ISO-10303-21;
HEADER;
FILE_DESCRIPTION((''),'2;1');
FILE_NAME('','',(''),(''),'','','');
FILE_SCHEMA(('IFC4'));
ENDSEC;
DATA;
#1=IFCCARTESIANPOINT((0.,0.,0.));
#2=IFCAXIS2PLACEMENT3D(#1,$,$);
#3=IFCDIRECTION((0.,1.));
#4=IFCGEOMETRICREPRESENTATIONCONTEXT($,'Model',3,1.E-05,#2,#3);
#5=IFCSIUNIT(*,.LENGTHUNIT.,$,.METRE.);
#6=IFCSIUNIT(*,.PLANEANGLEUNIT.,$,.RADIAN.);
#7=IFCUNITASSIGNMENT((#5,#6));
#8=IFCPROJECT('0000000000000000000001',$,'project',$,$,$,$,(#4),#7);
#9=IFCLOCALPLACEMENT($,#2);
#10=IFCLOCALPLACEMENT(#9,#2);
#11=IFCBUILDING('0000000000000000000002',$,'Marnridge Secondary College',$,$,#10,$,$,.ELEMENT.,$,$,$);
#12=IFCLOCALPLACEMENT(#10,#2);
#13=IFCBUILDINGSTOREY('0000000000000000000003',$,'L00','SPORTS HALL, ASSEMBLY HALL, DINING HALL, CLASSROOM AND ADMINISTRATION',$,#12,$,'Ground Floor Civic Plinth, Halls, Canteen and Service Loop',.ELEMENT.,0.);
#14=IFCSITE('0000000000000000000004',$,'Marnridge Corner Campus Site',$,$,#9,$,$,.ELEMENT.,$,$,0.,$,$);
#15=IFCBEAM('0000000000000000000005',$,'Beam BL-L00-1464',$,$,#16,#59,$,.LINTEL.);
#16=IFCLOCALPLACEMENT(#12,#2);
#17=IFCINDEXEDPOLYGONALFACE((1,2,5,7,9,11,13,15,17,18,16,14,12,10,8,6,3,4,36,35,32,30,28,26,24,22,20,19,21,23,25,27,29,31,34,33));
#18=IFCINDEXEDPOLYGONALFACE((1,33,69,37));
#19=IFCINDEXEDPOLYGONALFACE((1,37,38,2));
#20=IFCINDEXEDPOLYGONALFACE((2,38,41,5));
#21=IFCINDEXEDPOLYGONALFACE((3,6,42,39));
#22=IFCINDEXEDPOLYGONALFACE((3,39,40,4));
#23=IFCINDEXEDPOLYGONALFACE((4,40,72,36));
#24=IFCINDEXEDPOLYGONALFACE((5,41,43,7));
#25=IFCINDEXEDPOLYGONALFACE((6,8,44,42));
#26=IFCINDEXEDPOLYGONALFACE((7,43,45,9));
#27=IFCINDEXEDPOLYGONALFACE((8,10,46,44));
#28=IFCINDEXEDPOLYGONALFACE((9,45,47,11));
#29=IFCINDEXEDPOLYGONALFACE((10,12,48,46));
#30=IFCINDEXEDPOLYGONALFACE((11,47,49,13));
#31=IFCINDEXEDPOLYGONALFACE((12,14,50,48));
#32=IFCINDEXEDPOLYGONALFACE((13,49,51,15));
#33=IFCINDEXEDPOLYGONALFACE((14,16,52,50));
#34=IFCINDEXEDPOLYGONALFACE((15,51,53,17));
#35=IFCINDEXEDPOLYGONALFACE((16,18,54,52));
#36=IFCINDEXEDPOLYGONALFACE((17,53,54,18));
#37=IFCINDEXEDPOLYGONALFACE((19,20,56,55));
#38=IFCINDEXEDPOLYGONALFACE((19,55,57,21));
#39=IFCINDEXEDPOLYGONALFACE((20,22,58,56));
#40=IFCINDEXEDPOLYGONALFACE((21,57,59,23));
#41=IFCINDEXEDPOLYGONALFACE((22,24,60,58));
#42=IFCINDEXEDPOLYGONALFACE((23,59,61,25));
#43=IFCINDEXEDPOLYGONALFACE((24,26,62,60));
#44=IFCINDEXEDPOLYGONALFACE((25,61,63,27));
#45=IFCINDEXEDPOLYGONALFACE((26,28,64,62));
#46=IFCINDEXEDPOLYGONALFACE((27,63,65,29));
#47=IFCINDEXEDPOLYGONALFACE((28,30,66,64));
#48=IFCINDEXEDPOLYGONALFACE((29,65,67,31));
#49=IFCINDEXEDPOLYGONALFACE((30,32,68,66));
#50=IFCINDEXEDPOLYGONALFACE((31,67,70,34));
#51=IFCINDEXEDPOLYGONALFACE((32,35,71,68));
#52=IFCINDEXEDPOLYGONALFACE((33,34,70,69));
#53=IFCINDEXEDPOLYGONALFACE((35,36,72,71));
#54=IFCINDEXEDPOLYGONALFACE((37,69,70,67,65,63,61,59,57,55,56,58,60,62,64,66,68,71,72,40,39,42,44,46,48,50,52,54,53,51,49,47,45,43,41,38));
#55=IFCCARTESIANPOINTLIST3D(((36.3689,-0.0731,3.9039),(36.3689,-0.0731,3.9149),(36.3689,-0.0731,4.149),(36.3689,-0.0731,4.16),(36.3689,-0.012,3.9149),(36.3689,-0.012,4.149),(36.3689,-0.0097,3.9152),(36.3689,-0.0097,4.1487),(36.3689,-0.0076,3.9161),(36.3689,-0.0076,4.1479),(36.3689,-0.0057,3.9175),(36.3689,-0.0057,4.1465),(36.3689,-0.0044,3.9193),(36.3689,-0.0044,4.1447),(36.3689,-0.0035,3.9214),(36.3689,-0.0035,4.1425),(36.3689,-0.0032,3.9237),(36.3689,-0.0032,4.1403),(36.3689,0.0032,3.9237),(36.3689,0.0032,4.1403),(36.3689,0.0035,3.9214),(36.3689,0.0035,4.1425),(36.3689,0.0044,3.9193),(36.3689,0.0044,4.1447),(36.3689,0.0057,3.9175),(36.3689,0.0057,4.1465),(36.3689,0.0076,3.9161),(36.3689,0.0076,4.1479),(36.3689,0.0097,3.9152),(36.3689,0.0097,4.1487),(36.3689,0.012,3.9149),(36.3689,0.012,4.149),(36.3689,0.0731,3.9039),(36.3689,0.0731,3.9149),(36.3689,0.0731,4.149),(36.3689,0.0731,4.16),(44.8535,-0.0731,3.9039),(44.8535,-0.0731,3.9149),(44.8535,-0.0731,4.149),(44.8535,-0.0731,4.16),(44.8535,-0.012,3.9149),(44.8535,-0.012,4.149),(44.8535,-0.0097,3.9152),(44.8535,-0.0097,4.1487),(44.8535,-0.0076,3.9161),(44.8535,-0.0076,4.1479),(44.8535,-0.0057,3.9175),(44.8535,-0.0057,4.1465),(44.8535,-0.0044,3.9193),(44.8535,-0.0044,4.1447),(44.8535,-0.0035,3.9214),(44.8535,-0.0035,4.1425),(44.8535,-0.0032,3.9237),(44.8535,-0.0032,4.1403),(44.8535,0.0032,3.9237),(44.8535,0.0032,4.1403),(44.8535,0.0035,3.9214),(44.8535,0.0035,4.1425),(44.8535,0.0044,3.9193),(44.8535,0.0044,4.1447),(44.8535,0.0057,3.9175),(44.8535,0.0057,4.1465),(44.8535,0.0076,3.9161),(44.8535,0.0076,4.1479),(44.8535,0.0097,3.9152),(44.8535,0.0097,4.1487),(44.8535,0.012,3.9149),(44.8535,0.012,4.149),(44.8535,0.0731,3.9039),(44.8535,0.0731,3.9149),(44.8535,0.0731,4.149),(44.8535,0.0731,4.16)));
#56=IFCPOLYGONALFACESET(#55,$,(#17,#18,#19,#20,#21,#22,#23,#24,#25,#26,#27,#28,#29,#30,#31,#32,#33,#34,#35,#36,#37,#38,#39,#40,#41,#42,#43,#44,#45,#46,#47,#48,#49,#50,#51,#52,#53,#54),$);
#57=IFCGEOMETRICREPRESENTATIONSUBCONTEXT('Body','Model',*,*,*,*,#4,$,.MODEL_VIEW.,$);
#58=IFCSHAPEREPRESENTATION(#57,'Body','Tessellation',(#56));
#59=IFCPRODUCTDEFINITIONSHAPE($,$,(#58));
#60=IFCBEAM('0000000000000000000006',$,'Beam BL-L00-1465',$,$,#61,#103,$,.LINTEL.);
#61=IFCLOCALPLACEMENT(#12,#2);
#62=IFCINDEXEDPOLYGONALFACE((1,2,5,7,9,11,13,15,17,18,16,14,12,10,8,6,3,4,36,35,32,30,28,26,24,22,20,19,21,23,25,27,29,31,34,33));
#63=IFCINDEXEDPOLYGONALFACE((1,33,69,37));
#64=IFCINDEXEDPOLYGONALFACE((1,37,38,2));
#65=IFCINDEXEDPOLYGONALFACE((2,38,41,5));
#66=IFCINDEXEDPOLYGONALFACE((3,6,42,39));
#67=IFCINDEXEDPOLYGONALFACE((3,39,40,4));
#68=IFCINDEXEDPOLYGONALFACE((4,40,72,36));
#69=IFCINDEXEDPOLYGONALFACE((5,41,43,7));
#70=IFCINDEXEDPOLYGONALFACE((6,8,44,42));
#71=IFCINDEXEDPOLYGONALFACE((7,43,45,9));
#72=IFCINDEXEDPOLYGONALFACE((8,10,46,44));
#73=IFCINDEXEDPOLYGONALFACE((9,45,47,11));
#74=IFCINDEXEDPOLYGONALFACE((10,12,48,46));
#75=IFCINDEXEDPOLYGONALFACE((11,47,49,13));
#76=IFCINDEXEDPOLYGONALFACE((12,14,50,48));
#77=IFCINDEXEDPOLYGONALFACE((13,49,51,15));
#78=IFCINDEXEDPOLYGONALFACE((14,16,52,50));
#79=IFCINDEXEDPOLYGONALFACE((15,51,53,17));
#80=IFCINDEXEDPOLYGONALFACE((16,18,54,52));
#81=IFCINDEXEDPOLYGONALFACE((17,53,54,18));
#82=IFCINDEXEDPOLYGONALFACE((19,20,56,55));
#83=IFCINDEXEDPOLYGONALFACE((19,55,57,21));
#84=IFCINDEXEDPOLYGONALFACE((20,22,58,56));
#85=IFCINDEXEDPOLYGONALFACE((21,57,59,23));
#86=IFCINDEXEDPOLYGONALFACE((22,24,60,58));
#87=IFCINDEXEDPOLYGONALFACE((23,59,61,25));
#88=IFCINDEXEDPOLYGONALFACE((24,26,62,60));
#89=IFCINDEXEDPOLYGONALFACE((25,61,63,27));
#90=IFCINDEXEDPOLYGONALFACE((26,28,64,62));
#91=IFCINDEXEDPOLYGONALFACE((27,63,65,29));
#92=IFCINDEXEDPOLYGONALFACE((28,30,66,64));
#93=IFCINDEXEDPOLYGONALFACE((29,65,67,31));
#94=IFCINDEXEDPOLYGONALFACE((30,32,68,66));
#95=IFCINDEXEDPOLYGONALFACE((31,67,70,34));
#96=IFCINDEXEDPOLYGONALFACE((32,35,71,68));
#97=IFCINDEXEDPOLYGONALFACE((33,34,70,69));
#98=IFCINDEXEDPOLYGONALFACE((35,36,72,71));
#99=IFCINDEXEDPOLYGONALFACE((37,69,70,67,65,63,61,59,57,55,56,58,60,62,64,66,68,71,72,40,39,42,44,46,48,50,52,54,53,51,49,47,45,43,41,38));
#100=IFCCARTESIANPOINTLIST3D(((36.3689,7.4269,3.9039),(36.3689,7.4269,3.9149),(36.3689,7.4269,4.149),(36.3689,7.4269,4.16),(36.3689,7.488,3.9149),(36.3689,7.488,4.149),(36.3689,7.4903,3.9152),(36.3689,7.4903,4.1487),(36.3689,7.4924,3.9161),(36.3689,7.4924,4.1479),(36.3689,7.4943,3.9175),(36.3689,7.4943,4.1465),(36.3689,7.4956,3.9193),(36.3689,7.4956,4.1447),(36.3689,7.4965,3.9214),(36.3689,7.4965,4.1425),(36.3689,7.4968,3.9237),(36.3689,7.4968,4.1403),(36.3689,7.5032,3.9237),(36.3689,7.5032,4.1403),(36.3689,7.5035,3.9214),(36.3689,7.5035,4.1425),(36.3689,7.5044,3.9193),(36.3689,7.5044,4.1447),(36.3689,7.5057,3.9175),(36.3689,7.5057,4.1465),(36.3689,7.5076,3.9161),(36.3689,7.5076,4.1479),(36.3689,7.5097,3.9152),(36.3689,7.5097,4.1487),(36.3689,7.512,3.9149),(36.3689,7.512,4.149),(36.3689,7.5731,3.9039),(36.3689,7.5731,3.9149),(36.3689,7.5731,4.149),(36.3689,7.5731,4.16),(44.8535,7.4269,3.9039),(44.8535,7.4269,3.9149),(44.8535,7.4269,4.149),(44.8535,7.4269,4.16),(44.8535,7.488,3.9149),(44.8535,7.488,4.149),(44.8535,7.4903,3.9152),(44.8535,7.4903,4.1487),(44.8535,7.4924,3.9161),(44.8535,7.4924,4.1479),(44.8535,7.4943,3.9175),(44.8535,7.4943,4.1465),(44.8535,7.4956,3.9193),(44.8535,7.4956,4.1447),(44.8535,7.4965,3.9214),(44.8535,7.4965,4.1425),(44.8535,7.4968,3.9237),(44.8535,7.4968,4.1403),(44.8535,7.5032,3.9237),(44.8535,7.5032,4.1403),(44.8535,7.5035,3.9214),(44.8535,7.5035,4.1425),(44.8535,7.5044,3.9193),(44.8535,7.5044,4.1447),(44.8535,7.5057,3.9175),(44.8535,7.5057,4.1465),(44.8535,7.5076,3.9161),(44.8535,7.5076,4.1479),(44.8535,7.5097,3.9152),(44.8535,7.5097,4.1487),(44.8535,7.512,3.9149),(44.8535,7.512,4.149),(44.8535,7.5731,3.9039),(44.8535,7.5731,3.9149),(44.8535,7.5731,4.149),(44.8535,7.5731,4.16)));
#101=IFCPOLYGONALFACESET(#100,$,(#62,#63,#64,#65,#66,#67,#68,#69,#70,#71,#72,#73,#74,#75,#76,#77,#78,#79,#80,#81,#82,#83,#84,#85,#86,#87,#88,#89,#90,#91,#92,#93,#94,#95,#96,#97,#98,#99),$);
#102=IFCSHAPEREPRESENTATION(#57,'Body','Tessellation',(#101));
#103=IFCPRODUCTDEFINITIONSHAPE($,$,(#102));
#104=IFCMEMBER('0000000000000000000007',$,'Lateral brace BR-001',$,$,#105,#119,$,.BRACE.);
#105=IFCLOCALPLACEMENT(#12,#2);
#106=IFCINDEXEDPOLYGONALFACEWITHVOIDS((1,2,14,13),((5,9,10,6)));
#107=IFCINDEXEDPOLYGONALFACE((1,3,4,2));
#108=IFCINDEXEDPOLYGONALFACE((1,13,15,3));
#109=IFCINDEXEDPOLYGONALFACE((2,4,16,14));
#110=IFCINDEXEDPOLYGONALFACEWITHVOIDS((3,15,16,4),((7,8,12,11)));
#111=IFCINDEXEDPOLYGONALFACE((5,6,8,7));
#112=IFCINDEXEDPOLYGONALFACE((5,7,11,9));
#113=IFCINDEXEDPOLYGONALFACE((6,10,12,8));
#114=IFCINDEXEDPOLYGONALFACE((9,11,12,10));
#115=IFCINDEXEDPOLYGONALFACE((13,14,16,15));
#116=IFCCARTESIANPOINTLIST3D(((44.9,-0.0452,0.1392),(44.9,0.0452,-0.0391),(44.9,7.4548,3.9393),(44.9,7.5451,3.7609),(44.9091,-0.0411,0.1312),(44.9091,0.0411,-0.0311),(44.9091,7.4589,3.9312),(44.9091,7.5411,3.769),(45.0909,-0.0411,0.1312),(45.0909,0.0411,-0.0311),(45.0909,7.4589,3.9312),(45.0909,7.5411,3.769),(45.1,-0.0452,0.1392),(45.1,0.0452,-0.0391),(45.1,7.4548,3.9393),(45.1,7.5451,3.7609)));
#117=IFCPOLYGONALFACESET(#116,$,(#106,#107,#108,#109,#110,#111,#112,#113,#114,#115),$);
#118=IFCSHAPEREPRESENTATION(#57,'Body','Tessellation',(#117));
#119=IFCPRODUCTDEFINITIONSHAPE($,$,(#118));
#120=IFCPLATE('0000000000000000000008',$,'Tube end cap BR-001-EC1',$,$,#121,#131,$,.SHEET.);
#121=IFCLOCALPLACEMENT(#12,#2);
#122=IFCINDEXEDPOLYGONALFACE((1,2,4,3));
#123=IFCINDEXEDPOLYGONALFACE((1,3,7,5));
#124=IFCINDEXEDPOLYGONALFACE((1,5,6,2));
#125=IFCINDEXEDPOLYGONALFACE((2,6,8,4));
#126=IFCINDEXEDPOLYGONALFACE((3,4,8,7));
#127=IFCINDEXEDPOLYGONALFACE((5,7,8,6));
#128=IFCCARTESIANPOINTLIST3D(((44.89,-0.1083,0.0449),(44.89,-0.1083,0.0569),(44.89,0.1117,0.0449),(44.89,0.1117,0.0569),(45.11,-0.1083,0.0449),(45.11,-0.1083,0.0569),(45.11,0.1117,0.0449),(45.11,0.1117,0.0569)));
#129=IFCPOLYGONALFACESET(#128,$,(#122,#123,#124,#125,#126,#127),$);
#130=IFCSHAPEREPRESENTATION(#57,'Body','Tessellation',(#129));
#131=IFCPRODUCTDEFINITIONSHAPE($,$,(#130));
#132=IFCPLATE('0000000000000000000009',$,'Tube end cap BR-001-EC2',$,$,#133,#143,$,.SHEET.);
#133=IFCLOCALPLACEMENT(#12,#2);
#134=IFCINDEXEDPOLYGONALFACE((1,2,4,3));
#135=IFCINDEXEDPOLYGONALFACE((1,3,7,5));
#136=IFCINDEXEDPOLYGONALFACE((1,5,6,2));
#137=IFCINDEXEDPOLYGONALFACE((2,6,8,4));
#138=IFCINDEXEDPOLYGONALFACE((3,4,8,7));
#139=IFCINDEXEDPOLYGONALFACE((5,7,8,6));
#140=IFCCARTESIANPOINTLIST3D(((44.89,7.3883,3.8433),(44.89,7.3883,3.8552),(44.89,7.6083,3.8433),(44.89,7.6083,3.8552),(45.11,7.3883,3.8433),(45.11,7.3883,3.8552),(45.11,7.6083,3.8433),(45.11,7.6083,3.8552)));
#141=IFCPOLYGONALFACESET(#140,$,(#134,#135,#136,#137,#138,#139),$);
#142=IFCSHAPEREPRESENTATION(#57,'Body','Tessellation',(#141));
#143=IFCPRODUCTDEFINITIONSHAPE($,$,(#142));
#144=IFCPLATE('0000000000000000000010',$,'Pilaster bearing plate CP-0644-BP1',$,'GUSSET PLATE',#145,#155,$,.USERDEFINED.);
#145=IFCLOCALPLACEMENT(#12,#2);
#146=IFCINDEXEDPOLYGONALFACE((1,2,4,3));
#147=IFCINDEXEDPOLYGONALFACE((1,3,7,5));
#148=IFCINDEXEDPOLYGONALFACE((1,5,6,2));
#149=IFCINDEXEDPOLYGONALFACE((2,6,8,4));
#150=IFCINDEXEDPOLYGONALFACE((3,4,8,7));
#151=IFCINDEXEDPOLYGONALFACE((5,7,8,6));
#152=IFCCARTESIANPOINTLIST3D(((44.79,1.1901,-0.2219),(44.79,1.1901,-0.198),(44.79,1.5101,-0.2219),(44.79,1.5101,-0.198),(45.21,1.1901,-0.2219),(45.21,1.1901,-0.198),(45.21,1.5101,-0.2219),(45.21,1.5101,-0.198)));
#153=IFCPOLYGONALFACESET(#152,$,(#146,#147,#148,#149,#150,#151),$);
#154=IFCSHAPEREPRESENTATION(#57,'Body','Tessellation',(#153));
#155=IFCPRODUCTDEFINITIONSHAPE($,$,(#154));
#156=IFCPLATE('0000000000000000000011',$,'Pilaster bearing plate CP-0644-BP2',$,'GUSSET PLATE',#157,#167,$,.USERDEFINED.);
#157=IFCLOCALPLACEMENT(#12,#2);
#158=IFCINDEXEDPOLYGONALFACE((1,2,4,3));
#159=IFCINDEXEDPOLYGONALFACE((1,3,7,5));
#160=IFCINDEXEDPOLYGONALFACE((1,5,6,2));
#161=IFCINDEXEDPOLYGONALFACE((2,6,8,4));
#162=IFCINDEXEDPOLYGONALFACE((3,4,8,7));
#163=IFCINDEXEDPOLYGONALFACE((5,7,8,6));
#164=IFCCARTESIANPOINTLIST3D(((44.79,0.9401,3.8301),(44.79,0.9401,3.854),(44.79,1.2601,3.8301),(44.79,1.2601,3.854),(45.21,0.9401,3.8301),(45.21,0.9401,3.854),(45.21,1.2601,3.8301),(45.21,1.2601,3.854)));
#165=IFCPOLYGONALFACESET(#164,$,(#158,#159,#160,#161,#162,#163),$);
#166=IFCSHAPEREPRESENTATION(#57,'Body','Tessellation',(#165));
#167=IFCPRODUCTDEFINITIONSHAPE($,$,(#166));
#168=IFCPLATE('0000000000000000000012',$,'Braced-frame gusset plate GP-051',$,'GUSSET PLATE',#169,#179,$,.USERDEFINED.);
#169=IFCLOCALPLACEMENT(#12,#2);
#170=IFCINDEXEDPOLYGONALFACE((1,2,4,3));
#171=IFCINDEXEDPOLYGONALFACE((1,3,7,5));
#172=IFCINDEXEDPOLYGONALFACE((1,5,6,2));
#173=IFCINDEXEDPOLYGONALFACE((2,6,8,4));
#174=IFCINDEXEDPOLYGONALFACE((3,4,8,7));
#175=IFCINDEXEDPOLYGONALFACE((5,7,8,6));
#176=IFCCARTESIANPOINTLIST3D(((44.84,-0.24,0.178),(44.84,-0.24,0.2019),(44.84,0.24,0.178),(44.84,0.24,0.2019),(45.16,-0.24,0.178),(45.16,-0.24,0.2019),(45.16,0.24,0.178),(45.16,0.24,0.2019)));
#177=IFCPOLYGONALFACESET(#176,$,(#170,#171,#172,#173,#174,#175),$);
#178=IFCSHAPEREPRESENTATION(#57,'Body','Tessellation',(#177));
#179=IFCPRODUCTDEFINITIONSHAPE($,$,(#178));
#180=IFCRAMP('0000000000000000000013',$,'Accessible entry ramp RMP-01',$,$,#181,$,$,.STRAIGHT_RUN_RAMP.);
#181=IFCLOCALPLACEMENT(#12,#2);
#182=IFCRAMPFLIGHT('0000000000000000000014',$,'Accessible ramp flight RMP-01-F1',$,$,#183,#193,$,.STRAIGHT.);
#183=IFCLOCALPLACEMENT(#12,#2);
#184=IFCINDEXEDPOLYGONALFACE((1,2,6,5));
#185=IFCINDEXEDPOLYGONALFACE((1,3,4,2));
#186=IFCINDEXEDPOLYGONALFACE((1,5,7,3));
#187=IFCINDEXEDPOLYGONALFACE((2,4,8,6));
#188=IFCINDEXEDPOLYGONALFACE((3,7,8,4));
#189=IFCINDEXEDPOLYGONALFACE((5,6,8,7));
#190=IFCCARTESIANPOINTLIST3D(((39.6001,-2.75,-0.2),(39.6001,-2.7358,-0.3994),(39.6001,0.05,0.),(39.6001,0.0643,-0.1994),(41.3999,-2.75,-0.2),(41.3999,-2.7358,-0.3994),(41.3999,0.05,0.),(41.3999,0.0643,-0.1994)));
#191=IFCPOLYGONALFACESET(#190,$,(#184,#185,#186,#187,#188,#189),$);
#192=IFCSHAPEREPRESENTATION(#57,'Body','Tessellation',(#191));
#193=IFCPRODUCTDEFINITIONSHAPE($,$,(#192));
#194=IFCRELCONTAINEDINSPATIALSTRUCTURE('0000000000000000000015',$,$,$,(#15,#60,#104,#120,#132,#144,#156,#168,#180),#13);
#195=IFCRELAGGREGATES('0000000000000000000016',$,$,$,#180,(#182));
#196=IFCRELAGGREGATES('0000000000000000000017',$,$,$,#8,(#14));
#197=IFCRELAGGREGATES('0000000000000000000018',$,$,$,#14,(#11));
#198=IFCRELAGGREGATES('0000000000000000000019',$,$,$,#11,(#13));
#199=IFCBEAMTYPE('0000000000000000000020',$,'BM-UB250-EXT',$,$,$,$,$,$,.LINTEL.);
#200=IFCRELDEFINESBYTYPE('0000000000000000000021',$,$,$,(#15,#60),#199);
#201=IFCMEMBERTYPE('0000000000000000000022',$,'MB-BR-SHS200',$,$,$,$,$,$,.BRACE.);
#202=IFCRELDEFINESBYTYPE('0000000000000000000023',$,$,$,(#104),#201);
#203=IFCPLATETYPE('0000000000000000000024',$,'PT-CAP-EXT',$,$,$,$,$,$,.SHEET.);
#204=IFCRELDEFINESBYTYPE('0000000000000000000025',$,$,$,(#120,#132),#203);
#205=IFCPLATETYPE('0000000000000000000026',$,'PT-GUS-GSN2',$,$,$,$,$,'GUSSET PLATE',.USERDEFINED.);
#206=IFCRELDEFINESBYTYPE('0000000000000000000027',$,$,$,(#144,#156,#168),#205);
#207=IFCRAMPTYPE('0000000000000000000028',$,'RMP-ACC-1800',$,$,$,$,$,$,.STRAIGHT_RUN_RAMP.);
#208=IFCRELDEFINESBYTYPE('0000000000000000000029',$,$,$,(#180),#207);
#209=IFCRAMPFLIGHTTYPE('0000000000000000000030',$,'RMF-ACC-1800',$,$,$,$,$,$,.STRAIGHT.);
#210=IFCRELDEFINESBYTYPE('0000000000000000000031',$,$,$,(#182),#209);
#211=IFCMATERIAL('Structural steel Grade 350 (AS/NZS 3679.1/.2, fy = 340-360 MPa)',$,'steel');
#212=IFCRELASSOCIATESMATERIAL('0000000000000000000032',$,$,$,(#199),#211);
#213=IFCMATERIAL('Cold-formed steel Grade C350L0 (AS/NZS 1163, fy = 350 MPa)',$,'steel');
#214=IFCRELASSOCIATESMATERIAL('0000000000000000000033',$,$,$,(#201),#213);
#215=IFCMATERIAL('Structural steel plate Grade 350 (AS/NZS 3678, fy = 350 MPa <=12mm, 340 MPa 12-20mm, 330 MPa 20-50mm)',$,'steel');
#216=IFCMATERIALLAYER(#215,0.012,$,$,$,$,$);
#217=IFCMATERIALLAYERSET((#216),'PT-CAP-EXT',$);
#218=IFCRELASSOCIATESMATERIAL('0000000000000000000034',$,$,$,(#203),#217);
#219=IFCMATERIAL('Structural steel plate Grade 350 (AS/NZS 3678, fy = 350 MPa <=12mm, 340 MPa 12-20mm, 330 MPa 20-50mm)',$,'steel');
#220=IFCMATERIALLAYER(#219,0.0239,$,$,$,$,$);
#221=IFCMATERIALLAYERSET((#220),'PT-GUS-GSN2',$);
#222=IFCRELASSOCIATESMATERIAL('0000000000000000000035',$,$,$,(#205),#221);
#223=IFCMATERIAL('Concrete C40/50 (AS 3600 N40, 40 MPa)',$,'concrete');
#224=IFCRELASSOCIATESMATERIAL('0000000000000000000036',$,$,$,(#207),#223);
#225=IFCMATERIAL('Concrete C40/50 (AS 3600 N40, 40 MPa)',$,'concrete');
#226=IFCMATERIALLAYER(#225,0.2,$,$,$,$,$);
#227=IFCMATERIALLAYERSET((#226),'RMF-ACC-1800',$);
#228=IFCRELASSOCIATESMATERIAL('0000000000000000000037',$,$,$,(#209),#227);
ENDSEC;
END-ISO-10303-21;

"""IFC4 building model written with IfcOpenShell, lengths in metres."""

from ifc_helpers import new_model, si_unit, direction, frame, origin, origin_2d, place, context, subcontext, project, spatial, polyline, rectangle, hollow_rectangle, i_section, outline, extrude, material, layer, layer_set, material_profile, profile_set, type_object, element, aggregate, save


model = new_model("IFC4")

# Units and contexts
model_context = context("Model", 3, precision=1e-05, world=origin(), true_north=direction((0.0, 1.0)))
body_context = subcontext(model_context, "Body", "Model", "MODEL_VIEW")
ifc_project = project(units=[si_unit("LENGTHUNIT", "METRE"), si_unit("PLANEANGLEUNIT", "RADIAN")], contexts=[model_context])

# Site, building, storey
site_placement = place(None, origin())
site = spatial("IfcSite", under=ifc_project, at=site_placement, Name="Marnridge Corner Campus Site", CompositionType="ELEMENT", RefElevation=0.0)
building_placement = place(site_placement, origin())
building = spatial("IfcBuilding", under=site, at=building_placement, Name="Marnridge Secondary College", CompositionType="ELEMENT")
storey_placement = place(building_placement, origin())
storey = spatial("IfcBuildingStorey", under=building, at=storey_placement, Name="L00", Description="SPORTS HALL, ASSEMBLY HALL, DINING HALL, CLASSROOM AND ADMINISTRATION", LongName="Ground Floor Civic Plinth, Halls, Canteen and Service Loop", CompositionType="ELEMENT", Elevation=0.0)

# Beams
ifc_material_1 = material(Name="Structural steel Grade 350 (AS/NZS 3679.1/.2, fy = 340-360 MPa)", Category="steel")
ifc_material_profile_1 = material_profile(ifc_material_1, i_section(OverallWidth=0.1462, OverallDepth=0.2561, WebThickness=0.0063, FlangeThickness=0.011, FilletRadius=0.0088, at=origin_2d()), Name="250UB37.3")
ifc_profile_set_1 = profile_set([ifc_material_profile_1], Name="Structural steel Grade 350 (AS/NZS 3679.1/.2, fy = 340-360 MPa)")
beam_type = type_object("IfcBeamType", Name="BM-UB250-EXT", PredefinedType="LINTEL", material=ifc_profile_set_1)
for number, where, z_axis, x_axis, name in (
    (1, (36.3689, 0.0, 4.032), (1.0, 0.0, 0.0), (0.0, 1.0, 0.0), "Beam BL-L00-1464"),
    (2, (36.3689, 7.5, 4.032), (1.0, 0.0, 0.0), (0.0, 1.0, 0.0), "Beam BL-L00-1465"),
):
    element("IfcBeam", number, at=place(storey_placement, frame(where, z_axis=z_axis, x_axis=x_axis)), inside=storey, type_object=beam_type, Name=name, PredefinedType="LINTEL", context=body_context, shape_type="SweptSolid", body=[
        extrude(i_section(OverallWidth=0.1462, OverallDepth=0.2561, WebThickness=0.0063, FlangeThickness=0.011, FilletRadius=0.0088, at=origin_2d()), origin(), (0.0, 0.0, 1.0), 8.4846),
    ])

# Member
ifc_material_2 = material(Name="Cold-formed steel Grade C350L0 (AS/NZS 1163, fy = 350 MPa)", Category="steel")
ifc_material_profile_2 = material_profile(ifc_material_2, hollow_rectangle(XDim=0.2, YDim=0.2, WallThickness=0.009, at=origin_2d()), Name="200x200x9.0SHS")
ifc_profile_set_2 = profile_set([ifc_material_profile_2], Name="Cold-formed steel Grade C350L0 (AS/NZS 1163, fy = 350 MPa)")
member_type = type_object("IfcMemberType", Name="MB-BR-SHS200", PredefinedType="BRACE", material=ifc_profile_set_2)
member_placement = place(storey_placement, frame((45.0, 0.0, 0.05), z_axis=(0.0, 0.892033, 0.451969), x_axis=(-1.0, 0.0, 0.0)))
element("IfcMember", 3, at=member_placement, inside=storey, type_object=member_type, Name="Lateral brace BR-001", PredefinedType="BRACE", context=body_context, shape_type="SweptSolid", body=[
    extrude(hollow_rectangle(XDim=0.2, YDim=0.2, WallThickness=0.009, at=origin_2d()), origin(), (0.0, 0.0, 1.0), 8.4077),
])

# Plates
ifc_material_3 = material(Name="Structural steel plate Grade 350 (AS/NZS 3678, fy = 350 MPa <=12mm, 340 MPa 12-20mm, 330 MPa 20-50mm)", Category="steel")
ifc_layer_1 = layer(ifc_material_3, 0.012)
ifc_layer_set_1 = layer_set([ifc_layer_1], Name="PT-CAP-EXT")
plate_type_1 = type_object("IfcPlateType", Name="PT-CAP-EXT", PredefinedType="SHEET", material=ifc_layer_set_1)
for number, where, z_axis, x_axis, name in (
    (4, (45.0, 0.0017, 0.0449), (0.0, 0.0, 1.0), (0.0, 1.0, 0.0), "Tube end cap BR-001-EC1"),
    (5, (45.0, 7.4983, 3.8433), (0.0, 0.0, 1.0), (0.0, 1.0, 0.0), "Tube end cap BR-001-EC2"),
):
    element("IfcPlate", number, at=place(storey_placement, frame(where, z_axis=z_axis, x_axis=x_axis)), inside=storey, type_object=plate_type_1, Name=name, PredefinedType="SHEET", context=body_context, shape_type="SweptSolid", body=[
        extrude(rectangle(XDim=0.22, YDim=0.22, at=origin_2d()), origin(), (0.0, 0.0, 1.0), 0.012),
    ])
ifc_material_4 = material(Name="Structural steel plate Grade 350 (AS/NZS 3678, fy = 350 MPa <=12mm, 340 MPa 12-20mm, 330 MPa 20-50mm)", Category="steel")
ifc_layer_2 = layer(ifc_material_4, 0.0239)
ifc_layer_set_2 = layer_set([ifc_layer_2], Name="PT-GUS-GSN2")
plate_type_2 = type_object("IfcPlateType", Name="PT-GUS-GSN2", ElementType="GUSSET PLATE", PredefinedType="USERDEFINED", material=ifc_layer_set_2)
for number, where, z_axis, x_axis, name in (
    (6, (45.0, 1.3501, -0.2219), (0.0, 0.0, 1.0), (1.0, 0.0, 0.0), "Pilaster bearing plate CP-0644-BP1"),
    (7, (45.0, 1.1001, 3.8301), (0.0, 0.0, 1.0), (1.0, 0.0, 0.0), "Pilaster bearing plate CP-0644-BP2"),
):
    element("IfcPlate", number, at=place(storey_placement, frame(where, z_axis=z_axis, x_axis=x_axis)), inside=storey, type_object=plate_type_2, Name=name, ObjectType="GUSSET PLATE", PredefinedType="USERDEFINED", context=body_context, shape_type="SweptSolid", body=[
        extrude(rectangle(XDim=0.4199, YDim=0.3201, at=origin_2d()), origin(), (0.0, 0.0, 1.0), 0.0239),
    ])
plate_placement = place(storey_placement, frame((45.0, 0.0, 0.178), z_axis=(0.0, 0.0, 1.0), x_axis=(0.0, 1.0, 0.0)))
element("IfcPlate", 8, at=plate_placement, inside=storey, type_object=plate_type_2, Name="Braced-frame gusset plate GP-051", ObjectType="GUSSET PLATE", PredefinedType="USERDEFINED", context=body_context, shape_type="SweptSolid", body=[
    extrude(rectangle(XDim=0.48, YDim=0.3201, at=origin_2d()), origin(), (0.0, 0.0, 1.0), 0.0239),
])

# Ramp, ramp flight
ifc_material_5 = material(Name="Concrete C40/50 (AS 3600 N40, 40 MPa)", Category="concrete")
ramp_type = type_object("IfcRampType", Name="RMP-ACC-1800", PredefinedType="STRAIGHT_RUN_RAMP", material=ifc_material_5)
ramp_placement = place(storey_placement, origin())
ramp = element("IfcRamp", 9, at=ramp_placement, inside=storey, type_object=ramp_type, Name="Accessible entry ramp RMP-01", PredefinedType="STRAIGHT_RUN_RAMP")
ifc_material_6 = material(Name="Concrete C40/50 (AS 3600 N40, 40 MPa)", Category="concrete")
ifc_layer_3 = layer(ifc_material_6, 0.2)
ifc_layer_set_3 = layer_set([ifc_layer_3], Name="RMF-ACC-1800")
ramp_flight_type = type_object("IfcRampFlightType", Name="RMF-ACC-1800", PredefinedType="STRAIGHT", material=ifc_layer_set_3)
ramp_flight_placement = place(storey_placement, frame((39.6001, -2.75, -0.2), z_axis=(0.0, -0.071229, 0.99746), x_axis=(1.0, 0.0, 0.0)))
ramp_flight = element("IfcRampFlight", 10, at=ramp_flight_placement, type_object=ramp_flight_type, Name="Accessible ramp flight RMP-01-F1", PredefinedType="STRAIGHT", context=body_context, shape_type="SweptSolid", body=[
    extrude(outline(polyline([(0.0, 0.0), (1.7998, 0.0), (1.7998, 2.8072), (0.0, 2.8072), (0.0, 0.0)])), origin(), (0.0, 0.0, -1.0), 0.2),
])
aggregate(ramp, [ramp_flight])

save(model, "model.ifc")
